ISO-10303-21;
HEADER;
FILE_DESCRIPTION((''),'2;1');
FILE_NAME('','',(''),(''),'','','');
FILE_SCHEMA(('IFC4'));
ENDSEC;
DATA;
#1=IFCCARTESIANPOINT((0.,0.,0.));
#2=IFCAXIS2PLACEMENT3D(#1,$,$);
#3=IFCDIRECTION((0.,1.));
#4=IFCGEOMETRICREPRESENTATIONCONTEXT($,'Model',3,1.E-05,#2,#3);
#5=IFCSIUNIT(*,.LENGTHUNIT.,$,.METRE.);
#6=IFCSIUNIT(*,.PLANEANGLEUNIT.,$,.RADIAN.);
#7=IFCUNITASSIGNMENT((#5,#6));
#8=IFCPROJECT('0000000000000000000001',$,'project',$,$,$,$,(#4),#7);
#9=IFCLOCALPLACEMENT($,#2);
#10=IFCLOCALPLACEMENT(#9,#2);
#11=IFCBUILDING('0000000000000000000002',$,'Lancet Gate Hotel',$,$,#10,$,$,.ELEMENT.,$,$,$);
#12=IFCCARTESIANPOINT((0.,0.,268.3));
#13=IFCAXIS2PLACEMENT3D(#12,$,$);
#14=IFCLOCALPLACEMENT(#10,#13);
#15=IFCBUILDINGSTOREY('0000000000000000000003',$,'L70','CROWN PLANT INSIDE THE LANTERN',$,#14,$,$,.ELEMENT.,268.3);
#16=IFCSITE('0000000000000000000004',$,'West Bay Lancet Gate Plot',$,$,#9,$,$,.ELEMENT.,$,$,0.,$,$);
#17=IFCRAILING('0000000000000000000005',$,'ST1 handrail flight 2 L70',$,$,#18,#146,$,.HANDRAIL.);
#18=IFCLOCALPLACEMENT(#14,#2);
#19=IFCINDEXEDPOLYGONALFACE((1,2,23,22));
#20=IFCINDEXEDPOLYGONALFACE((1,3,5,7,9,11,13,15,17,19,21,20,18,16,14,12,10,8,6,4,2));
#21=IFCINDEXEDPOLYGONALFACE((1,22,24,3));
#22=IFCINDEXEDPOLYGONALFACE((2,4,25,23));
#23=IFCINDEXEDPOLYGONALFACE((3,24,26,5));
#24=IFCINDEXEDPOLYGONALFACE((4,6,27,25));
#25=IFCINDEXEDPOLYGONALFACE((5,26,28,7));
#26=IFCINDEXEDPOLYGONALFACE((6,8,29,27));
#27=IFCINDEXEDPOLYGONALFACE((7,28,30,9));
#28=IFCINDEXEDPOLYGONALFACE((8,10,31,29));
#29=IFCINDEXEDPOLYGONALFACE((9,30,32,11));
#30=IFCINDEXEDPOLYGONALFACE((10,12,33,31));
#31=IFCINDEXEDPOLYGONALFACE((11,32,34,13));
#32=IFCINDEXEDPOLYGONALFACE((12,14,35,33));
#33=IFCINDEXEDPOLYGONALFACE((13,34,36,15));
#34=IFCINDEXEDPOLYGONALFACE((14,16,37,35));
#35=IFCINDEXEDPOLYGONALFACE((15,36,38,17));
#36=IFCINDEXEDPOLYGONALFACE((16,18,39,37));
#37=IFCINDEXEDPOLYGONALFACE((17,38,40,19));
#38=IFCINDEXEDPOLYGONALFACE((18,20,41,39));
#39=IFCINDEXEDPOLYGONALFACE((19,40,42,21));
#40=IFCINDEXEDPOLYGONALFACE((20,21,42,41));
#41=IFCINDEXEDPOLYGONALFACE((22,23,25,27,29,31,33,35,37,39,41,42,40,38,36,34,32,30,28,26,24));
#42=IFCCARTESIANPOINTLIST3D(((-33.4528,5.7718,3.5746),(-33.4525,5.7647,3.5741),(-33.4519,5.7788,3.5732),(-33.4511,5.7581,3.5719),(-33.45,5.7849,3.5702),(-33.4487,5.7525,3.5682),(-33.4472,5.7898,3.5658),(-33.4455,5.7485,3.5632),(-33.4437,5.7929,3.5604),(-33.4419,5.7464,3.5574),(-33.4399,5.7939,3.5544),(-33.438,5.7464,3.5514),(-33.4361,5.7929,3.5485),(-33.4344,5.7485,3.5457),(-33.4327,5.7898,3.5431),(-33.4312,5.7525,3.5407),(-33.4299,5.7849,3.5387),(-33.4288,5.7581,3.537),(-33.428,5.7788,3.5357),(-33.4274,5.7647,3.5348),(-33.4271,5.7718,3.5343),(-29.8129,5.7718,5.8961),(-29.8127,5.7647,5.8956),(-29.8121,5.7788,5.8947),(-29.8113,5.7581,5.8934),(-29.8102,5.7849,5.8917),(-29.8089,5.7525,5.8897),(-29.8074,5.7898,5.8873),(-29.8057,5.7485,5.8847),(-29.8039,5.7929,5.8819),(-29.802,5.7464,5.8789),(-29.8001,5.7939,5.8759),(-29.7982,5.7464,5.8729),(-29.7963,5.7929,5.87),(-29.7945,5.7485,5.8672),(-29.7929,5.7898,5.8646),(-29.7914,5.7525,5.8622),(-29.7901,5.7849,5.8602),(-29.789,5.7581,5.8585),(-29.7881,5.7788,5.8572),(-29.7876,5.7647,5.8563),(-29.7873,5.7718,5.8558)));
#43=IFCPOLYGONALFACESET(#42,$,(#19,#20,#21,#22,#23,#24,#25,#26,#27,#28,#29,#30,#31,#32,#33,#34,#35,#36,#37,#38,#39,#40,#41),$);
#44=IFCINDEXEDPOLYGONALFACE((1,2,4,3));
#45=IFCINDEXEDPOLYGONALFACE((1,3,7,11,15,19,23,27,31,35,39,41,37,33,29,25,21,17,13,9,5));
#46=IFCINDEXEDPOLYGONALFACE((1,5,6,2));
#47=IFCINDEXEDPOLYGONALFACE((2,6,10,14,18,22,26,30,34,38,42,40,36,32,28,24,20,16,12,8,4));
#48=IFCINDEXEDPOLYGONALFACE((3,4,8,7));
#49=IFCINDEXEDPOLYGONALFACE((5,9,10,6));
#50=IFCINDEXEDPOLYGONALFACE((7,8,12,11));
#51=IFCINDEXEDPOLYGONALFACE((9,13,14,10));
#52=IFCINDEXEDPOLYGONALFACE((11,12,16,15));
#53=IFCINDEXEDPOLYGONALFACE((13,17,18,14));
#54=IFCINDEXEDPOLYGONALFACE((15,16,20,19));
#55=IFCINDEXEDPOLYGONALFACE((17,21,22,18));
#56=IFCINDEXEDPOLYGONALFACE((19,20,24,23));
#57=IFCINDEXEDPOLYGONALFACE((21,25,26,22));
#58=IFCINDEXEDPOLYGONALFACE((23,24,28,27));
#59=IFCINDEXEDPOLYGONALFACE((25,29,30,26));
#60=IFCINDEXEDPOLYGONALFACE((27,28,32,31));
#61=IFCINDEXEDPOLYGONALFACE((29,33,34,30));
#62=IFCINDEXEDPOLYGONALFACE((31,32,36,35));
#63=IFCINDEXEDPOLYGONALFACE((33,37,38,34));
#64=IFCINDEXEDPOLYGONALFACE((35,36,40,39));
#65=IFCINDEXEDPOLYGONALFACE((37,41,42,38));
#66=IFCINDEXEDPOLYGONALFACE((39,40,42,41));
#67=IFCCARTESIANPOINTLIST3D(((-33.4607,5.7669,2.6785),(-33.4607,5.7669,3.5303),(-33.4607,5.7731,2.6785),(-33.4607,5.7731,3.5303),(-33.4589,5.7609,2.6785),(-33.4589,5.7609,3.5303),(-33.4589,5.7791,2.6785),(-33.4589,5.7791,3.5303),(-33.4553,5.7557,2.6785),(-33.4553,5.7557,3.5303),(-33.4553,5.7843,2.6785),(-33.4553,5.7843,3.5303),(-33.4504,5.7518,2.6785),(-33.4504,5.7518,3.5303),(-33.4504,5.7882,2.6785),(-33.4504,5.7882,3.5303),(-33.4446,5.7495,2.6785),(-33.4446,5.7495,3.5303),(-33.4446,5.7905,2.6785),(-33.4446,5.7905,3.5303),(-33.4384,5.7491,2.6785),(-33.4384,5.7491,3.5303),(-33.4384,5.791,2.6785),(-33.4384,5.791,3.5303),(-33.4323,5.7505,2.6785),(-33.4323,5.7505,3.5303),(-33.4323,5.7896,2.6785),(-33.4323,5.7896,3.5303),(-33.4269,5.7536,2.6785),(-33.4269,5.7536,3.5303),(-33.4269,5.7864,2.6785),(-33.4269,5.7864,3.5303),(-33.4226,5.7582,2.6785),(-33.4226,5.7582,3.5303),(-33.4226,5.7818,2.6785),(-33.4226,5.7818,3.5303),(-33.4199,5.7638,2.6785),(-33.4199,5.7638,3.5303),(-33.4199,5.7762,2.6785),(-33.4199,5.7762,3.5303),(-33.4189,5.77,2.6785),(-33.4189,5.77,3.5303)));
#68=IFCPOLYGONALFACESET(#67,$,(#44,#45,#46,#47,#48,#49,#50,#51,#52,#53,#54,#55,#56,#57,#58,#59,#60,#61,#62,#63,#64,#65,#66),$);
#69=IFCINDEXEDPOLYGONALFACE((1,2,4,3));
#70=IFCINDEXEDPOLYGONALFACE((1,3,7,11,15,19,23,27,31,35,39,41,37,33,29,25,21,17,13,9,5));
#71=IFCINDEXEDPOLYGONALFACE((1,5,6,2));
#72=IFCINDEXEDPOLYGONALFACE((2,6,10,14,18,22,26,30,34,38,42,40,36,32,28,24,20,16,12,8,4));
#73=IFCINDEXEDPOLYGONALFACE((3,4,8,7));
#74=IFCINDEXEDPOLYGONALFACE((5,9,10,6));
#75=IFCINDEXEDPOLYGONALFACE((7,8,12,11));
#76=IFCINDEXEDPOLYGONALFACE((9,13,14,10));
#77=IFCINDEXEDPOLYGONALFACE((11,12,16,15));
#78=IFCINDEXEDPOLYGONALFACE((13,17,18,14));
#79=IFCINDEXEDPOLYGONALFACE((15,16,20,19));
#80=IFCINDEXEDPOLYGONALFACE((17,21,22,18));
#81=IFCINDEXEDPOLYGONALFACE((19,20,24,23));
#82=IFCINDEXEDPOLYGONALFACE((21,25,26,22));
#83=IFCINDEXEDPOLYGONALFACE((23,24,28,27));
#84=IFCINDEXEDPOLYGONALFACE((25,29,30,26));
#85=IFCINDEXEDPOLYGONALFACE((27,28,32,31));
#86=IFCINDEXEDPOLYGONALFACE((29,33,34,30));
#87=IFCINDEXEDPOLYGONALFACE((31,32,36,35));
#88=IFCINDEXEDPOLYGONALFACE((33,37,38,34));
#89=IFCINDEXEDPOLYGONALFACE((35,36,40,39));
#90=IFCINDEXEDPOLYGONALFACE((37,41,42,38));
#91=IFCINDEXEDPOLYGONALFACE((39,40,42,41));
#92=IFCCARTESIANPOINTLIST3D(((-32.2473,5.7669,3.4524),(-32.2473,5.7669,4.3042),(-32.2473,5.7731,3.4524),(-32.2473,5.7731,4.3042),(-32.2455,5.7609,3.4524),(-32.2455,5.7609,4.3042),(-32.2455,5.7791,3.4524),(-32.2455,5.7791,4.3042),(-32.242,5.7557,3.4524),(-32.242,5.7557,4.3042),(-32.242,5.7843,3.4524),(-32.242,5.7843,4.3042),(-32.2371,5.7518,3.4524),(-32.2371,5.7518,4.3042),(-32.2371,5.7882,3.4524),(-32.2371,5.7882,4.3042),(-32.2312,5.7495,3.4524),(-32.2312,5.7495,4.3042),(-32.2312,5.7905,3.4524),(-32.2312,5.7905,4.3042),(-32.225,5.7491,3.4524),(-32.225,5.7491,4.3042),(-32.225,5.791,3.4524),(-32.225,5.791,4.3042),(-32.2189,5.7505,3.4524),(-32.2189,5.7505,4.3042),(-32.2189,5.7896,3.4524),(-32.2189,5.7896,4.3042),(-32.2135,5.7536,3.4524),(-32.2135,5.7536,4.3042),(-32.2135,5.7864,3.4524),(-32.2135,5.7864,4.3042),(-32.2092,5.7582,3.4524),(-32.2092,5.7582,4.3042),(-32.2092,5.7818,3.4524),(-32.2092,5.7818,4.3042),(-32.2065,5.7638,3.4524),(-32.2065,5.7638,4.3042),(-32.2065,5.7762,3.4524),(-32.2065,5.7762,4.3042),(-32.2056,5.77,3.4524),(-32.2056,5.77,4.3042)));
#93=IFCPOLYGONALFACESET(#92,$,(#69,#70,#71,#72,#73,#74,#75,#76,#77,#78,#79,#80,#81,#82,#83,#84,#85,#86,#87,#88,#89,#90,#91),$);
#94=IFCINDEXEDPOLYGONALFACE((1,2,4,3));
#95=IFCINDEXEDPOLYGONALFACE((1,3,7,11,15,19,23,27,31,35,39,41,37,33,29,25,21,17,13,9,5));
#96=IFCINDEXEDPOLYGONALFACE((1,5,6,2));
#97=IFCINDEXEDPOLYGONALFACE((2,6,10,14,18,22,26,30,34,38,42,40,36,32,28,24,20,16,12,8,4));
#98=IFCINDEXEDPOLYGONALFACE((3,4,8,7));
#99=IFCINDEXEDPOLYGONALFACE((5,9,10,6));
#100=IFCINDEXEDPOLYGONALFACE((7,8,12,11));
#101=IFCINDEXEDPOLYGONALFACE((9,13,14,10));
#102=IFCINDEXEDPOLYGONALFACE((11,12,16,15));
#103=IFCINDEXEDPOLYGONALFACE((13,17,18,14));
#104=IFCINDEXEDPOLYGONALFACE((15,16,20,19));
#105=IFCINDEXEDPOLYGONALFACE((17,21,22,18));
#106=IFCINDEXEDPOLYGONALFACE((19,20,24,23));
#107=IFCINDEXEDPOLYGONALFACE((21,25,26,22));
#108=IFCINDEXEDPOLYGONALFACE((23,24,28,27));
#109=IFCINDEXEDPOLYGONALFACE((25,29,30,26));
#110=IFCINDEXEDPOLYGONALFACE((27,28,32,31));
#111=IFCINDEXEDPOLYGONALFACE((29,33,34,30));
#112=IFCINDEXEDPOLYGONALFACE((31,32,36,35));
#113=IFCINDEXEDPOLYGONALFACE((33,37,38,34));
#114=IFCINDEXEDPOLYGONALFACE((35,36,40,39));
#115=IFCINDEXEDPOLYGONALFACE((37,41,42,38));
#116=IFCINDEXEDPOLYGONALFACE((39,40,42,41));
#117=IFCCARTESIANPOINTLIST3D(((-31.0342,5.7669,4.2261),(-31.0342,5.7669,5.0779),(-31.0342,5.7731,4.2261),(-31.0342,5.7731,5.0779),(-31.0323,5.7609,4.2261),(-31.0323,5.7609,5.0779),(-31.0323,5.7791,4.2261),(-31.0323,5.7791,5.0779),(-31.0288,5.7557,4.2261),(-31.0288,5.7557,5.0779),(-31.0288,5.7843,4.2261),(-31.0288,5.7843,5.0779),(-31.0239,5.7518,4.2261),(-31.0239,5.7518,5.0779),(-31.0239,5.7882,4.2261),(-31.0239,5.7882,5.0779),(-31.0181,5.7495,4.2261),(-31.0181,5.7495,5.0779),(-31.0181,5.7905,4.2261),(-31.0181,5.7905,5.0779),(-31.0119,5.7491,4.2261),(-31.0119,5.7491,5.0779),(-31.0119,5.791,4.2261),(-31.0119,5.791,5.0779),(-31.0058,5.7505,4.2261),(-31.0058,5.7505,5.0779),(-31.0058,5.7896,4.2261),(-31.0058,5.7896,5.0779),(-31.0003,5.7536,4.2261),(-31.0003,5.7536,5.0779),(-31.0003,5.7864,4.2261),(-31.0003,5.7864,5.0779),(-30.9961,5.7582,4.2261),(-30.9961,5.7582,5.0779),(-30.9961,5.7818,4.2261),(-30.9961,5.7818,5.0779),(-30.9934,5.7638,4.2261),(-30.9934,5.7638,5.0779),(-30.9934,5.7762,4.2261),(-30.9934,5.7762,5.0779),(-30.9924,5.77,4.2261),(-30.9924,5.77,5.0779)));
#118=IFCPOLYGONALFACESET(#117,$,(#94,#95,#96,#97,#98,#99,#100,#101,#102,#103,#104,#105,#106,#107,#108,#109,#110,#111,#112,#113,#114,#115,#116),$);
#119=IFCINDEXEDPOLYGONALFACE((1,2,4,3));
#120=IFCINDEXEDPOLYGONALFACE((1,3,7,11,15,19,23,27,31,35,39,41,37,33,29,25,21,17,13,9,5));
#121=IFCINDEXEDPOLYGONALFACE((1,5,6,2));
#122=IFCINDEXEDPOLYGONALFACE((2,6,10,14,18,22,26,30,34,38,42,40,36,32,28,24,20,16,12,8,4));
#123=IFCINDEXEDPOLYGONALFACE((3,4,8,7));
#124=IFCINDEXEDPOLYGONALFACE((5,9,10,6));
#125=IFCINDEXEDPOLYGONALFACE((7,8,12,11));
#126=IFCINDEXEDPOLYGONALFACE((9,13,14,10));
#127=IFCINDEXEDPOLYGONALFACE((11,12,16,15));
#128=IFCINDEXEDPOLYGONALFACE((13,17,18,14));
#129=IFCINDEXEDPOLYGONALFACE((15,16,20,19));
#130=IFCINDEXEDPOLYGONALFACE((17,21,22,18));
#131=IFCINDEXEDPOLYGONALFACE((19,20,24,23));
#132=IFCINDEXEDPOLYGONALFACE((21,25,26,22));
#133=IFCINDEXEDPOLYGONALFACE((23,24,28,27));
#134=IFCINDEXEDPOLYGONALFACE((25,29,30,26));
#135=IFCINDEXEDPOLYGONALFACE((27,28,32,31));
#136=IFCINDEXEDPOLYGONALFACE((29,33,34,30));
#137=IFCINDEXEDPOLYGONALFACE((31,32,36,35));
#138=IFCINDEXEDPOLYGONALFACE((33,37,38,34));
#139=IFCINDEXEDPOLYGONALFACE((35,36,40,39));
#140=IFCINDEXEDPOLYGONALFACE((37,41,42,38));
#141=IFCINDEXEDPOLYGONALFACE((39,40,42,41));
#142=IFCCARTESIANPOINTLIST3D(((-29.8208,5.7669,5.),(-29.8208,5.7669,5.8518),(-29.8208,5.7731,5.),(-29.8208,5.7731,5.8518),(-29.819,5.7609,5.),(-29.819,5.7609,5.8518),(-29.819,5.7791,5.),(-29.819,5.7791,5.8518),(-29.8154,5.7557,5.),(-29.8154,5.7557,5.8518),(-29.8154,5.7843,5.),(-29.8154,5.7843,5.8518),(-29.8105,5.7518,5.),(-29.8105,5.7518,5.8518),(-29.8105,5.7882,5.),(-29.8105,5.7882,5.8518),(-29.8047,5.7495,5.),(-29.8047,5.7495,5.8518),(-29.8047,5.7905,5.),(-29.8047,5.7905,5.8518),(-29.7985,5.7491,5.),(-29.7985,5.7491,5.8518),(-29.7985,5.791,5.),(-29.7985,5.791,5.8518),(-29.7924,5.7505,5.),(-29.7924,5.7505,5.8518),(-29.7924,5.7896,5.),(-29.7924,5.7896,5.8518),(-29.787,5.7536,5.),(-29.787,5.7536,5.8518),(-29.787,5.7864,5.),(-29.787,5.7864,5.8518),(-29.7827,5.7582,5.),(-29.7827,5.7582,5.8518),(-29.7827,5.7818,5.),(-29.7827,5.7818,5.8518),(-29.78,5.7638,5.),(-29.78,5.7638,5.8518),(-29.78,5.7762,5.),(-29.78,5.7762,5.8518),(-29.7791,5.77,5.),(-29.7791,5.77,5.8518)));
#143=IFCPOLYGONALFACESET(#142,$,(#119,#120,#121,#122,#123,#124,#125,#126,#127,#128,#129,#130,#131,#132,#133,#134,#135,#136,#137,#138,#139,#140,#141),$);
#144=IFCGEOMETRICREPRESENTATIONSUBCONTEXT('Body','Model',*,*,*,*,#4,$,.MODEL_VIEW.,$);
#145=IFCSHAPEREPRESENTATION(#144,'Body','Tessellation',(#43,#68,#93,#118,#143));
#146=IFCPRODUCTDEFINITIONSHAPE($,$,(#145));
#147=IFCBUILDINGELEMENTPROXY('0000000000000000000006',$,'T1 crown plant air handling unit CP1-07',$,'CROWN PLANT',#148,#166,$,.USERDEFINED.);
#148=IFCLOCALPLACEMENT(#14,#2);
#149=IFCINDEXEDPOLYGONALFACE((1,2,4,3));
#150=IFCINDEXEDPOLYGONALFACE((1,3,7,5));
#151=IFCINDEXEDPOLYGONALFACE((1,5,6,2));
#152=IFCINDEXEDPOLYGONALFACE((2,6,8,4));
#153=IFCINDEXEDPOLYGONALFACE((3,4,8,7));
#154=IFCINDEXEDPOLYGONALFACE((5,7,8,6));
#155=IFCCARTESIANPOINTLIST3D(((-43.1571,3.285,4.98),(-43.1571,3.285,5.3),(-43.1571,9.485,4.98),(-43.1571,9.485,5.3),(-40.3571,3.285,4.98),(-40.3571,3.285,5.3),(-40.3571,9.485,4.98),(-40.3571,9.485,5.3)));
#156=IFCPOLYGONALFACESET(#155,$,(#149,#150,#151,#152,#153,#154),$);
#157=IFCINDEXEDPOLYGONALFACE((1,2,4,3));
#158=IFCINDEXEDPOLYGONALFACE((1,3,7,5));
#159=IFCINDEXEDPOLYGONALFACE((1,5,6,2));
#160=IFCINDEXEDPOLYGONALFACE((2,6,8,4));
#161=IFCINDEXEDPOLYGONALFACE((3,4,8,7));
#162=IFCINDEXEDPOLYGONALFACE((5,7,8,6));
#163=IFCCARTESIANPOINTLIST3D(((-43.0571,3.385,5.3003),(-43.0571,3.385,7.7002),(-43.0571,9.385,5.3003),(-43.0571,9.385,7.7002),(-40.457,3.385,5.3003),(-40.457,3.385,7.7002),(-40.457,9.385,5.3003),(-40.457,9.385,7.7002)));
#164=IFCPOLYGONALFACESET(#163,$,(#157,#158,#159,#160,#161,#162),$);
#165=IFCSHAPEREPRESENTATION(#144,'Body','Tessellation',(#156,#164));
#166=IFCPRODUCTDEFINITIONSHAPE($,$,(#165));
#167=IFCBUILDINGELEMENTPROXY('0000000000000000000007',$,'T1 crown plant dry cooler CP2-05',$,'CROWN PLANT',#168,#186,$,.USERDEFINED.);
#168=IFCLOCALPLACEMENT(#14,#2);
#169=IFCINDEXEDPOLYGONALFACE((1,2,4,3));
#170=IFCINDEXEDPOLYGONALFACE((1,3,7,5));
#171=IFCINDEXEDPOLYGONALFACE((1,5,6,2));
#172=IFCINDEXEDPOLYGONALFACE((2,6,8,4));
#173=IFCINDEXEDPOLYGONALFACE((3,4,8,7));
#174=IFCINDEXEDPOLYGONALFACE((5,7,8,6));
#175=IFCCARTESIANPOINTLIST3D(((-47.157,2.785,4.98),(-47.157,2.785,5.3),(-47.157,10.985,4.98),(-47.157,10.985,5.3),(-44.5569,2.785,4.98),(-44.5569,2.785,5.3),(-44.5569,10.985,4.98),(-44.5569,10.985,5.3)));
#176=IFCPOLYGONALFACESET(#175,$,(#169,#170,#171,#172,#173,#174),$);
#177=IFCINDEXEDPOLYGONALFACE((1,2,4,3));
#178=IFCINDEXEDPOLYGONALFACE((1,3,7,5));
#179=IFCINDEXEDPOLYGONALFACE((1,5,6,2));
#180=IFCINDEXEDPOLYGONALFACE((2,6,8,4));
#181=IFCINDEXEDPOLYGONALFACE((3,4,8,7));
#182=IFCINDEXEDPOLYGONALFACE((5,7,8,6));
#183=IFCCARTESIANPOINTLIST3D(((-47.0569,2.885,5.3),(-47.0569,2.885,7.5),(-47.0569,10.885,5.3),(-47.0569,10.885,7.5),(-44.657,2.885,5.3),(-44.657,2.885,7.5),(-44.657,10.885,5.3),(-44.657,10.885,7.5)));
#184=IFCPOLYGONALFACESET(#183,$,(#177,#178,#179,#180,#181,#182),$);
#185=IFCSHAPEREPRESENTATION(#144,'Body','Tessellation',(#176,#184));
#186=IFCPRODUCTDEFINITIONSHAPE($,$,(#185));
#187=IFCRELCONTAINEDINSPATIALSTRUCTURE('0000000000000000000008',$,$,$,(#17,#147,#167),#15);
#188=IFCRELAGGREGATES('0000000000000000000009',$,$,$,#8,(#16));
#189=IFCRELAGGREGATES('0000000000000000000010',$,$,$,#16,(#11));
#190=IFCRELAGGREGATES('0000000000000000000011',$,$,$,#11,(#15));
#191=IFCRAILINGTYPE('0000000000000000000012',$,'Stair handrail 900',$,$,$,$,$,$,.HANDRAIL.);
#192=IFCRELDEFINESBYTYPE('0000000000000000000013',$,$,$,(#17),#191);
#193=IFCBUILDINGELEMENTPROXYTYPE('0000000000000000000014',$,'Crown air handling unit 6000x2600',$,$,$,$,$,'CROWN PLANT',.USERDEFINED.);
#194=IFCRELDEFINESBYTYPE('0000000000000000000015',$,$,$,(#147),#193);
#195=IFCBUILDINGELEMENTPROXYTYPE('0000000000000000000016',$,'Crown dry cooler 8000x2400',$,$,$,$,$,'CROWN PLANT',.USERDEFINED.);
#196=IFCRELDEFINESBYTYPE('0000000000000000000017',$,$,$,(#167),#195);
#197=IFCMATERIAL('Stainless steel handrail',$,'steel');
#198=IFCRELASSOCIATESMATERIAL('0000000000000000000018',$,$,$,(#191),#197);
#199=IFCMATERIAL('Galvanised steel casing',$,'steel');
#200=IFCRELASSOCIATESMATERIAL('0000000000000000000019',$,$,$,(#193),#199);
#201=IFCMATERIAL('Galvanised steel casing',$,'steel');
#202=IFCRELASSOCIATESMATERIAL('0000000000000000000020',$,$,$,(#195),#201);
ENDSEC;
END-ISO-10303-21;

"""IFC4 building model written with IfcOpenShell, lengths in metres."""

from ifc_helpers import new_model, si_unit, direction, frame, origin, origin_2d, place, context, subcontext, project, spatial, rectangle, circle, extrude, material, type_object, element, save


model = new_model("IFC4")

# Units and contexts
model_context = context("Model", 3, precision=1e-05, world=origin(), true_north=direction((0.0, 1.0)))
body_context = subcontext(model_context, "Body", "Model", "MODEL_VIEW")
ifc_project = project(units=[si_unit("LENGTHUNIT", "METRE"), si_unit("PLANEANGLEUNIT", "RADIAN")], contexts=[model_context])

# Site, building, storey
site_placement = place(None, origin())
site = spatial("IfcSite", under=ifc_project, at=site_placement, Name="West Bay Lancet Gate Plot", CompositionType="ELEMENT", RefElevation=0.0)
building_placement = place(site_placement, origin())
building = spatial("IfcBuilding", under=site, at=building_placement, Name="Lancet Gate Hotel", CompositionType="ELEMENT")
storey_placement = place(building_placement, frame((0.0, 0.0, 268.3)))
storey = spatial("IfcBuildingStorey", under=building, at=storey_placement, Name="L70", Description="CROWN PLANT INSIDE THE LANTERN", CompositionType="ELEMENT", Elevation=268.3)

# Railing
ifc_material_1 = material(Name="Stainless steel handrail", Category="steel")
railing_type = type_object("IfcRailingType", Name="Stair handrail 900", PredefinedType="HANDRAIL", material=ifc_material_1)
railing_placement = place(storey_placement, frame((-33.4399, 5.77, 2.6785)))
element("IfcRailing", 1, at=railing_placement, inside=storey, type_object=railing_type, Name="ST1 handrail flight 2 L70", PredefinedType="HANDRAIL", context=body_context, shape_type="SweptSolid", body=[
    extrude(circle(Radius=0.0239, at=origin_2d()), frame((0.0, 0.0, 0.876), z_axis=(0.843112, 0.0, 0.537739), x_axis=(0.0, 1.0, 0.0)), (0.0, 0.0, 1.0), 4.3171),
    extrude(circle(Radius=0.021, at=origin_2d()), origin(), (0.0, 0.0, 1.0), 0.8518),
    extrude(circle(Radius=0.021, at=origin_2d()), frame((1.2134, 0.0, 0.7739)), (0.0, 0.0, 1.0), 0.8518),
    extrude(circle(Radius=0.021, at=origin_2d()), frame((2.4265, 0.0, 1.5476)), (0.0, 0.0, 1.0), 0.8518),
    extrude(circle(Radius=0.021, at=origin_2d()), frame((3.6399, 0.0, 2.3215)), (0.0, 0.0, 1.0), 0.8518),
])

# Building element proxies
ifc_material_2 = material(Name="Galvanised steel casing", Category="steel")
building_element_proxy_type_1 = type_object("IfcBuildingElementProxyType", Name="Crown air handling unit 6000x2600", ElementType="CROWN PLANT", PredefinedType="USERDEFINED", material=ifc_material_2)
proxy_1_placement = place(storey_placement, frame((-41.7571, 6.385, 4.98), z_axis=(0.0, 0.0, 1.0), x_axis=(1.0, 0.0, 0.0)))
element("IfcBuildingElementProxy", 2, at=proxy_1_placement, inside=storey, type_object=building_element_proxy_type_1, Name="T1 crown plant air handling unit CP1-07", ObjectType="CROWN PLANT", PredefinedType="USERDEFINED", context=body_context, shape_type="SweptSolid", body=[
    extrude(rectangle(XDim=6.2, YDim=2.8, at=origin_2d()), frame((0.0, 0.0, 0.0), z_axis=(0.0, 0.0, 1.0), x_axis=(0.0, 1.0, 0.0)), (0.0, 0.0, 1.0), 0.3201),
    extrude(rectangle(XDim=6.0, YDim=2.6001, at=origin_2d()), frame((0.0, 0.0, 0.3203), z_axis=(0.0, 0.0, 1.0), x_axis=(0.0, 1.0, 0.0)), (0.0, 0.0, 1.0), 2.3999),
])
ifc_material_3 = material(Name="Galvanised steel casing", Category="steel")
building_element_proxy_type_2 = type_object("IfcBuildingElementProxyType", Name="Crown dry cooler 8000x2400", ElementType="CROWN PLANT", PredefinedType="USERDEFINED", material=ifc_material_3)
proxy_2_placement = place(storey_placement, frame((-45.8569, 6.885, 4.98), z_axis=(0.0, 0.0, 1.0), x_axis=(1.0, 0.0, 0.0)))
element("IfcBuildingElementProxy", 3, at=proxy_2_placement, inside=storey, type_object=building_element_proxy_type_2, Name="T1 crown plant dry cooler CP2-05", ObjectType="CROWN PLANT", PredefinedType="USERDEFINED", context=body_context, shape_type="SweptSolid", body=[
    extrude(rectangle(XDim=8.2, YDim=2.6001, at=origin_2d()), frame((0.0, 0.0, 0.0), z_axis=(0.0, 0.0, 1.0), x_axis=(0.0, 1.0, 0.0)), (0.0, 0.0, 1.0), 0.3201),
    extrude(rectangle(XDim=8.0, YDim=2.3999, at=origin_2d()), frame((0.0, 0.0, 0.3201), z_axis=(0.0, 0.0, 1.0), x_axis=(0.0, 1.0, 0.0)), (0.0, 0.0, 1.0), 2.2),
])

save(model, "model.ifc")
